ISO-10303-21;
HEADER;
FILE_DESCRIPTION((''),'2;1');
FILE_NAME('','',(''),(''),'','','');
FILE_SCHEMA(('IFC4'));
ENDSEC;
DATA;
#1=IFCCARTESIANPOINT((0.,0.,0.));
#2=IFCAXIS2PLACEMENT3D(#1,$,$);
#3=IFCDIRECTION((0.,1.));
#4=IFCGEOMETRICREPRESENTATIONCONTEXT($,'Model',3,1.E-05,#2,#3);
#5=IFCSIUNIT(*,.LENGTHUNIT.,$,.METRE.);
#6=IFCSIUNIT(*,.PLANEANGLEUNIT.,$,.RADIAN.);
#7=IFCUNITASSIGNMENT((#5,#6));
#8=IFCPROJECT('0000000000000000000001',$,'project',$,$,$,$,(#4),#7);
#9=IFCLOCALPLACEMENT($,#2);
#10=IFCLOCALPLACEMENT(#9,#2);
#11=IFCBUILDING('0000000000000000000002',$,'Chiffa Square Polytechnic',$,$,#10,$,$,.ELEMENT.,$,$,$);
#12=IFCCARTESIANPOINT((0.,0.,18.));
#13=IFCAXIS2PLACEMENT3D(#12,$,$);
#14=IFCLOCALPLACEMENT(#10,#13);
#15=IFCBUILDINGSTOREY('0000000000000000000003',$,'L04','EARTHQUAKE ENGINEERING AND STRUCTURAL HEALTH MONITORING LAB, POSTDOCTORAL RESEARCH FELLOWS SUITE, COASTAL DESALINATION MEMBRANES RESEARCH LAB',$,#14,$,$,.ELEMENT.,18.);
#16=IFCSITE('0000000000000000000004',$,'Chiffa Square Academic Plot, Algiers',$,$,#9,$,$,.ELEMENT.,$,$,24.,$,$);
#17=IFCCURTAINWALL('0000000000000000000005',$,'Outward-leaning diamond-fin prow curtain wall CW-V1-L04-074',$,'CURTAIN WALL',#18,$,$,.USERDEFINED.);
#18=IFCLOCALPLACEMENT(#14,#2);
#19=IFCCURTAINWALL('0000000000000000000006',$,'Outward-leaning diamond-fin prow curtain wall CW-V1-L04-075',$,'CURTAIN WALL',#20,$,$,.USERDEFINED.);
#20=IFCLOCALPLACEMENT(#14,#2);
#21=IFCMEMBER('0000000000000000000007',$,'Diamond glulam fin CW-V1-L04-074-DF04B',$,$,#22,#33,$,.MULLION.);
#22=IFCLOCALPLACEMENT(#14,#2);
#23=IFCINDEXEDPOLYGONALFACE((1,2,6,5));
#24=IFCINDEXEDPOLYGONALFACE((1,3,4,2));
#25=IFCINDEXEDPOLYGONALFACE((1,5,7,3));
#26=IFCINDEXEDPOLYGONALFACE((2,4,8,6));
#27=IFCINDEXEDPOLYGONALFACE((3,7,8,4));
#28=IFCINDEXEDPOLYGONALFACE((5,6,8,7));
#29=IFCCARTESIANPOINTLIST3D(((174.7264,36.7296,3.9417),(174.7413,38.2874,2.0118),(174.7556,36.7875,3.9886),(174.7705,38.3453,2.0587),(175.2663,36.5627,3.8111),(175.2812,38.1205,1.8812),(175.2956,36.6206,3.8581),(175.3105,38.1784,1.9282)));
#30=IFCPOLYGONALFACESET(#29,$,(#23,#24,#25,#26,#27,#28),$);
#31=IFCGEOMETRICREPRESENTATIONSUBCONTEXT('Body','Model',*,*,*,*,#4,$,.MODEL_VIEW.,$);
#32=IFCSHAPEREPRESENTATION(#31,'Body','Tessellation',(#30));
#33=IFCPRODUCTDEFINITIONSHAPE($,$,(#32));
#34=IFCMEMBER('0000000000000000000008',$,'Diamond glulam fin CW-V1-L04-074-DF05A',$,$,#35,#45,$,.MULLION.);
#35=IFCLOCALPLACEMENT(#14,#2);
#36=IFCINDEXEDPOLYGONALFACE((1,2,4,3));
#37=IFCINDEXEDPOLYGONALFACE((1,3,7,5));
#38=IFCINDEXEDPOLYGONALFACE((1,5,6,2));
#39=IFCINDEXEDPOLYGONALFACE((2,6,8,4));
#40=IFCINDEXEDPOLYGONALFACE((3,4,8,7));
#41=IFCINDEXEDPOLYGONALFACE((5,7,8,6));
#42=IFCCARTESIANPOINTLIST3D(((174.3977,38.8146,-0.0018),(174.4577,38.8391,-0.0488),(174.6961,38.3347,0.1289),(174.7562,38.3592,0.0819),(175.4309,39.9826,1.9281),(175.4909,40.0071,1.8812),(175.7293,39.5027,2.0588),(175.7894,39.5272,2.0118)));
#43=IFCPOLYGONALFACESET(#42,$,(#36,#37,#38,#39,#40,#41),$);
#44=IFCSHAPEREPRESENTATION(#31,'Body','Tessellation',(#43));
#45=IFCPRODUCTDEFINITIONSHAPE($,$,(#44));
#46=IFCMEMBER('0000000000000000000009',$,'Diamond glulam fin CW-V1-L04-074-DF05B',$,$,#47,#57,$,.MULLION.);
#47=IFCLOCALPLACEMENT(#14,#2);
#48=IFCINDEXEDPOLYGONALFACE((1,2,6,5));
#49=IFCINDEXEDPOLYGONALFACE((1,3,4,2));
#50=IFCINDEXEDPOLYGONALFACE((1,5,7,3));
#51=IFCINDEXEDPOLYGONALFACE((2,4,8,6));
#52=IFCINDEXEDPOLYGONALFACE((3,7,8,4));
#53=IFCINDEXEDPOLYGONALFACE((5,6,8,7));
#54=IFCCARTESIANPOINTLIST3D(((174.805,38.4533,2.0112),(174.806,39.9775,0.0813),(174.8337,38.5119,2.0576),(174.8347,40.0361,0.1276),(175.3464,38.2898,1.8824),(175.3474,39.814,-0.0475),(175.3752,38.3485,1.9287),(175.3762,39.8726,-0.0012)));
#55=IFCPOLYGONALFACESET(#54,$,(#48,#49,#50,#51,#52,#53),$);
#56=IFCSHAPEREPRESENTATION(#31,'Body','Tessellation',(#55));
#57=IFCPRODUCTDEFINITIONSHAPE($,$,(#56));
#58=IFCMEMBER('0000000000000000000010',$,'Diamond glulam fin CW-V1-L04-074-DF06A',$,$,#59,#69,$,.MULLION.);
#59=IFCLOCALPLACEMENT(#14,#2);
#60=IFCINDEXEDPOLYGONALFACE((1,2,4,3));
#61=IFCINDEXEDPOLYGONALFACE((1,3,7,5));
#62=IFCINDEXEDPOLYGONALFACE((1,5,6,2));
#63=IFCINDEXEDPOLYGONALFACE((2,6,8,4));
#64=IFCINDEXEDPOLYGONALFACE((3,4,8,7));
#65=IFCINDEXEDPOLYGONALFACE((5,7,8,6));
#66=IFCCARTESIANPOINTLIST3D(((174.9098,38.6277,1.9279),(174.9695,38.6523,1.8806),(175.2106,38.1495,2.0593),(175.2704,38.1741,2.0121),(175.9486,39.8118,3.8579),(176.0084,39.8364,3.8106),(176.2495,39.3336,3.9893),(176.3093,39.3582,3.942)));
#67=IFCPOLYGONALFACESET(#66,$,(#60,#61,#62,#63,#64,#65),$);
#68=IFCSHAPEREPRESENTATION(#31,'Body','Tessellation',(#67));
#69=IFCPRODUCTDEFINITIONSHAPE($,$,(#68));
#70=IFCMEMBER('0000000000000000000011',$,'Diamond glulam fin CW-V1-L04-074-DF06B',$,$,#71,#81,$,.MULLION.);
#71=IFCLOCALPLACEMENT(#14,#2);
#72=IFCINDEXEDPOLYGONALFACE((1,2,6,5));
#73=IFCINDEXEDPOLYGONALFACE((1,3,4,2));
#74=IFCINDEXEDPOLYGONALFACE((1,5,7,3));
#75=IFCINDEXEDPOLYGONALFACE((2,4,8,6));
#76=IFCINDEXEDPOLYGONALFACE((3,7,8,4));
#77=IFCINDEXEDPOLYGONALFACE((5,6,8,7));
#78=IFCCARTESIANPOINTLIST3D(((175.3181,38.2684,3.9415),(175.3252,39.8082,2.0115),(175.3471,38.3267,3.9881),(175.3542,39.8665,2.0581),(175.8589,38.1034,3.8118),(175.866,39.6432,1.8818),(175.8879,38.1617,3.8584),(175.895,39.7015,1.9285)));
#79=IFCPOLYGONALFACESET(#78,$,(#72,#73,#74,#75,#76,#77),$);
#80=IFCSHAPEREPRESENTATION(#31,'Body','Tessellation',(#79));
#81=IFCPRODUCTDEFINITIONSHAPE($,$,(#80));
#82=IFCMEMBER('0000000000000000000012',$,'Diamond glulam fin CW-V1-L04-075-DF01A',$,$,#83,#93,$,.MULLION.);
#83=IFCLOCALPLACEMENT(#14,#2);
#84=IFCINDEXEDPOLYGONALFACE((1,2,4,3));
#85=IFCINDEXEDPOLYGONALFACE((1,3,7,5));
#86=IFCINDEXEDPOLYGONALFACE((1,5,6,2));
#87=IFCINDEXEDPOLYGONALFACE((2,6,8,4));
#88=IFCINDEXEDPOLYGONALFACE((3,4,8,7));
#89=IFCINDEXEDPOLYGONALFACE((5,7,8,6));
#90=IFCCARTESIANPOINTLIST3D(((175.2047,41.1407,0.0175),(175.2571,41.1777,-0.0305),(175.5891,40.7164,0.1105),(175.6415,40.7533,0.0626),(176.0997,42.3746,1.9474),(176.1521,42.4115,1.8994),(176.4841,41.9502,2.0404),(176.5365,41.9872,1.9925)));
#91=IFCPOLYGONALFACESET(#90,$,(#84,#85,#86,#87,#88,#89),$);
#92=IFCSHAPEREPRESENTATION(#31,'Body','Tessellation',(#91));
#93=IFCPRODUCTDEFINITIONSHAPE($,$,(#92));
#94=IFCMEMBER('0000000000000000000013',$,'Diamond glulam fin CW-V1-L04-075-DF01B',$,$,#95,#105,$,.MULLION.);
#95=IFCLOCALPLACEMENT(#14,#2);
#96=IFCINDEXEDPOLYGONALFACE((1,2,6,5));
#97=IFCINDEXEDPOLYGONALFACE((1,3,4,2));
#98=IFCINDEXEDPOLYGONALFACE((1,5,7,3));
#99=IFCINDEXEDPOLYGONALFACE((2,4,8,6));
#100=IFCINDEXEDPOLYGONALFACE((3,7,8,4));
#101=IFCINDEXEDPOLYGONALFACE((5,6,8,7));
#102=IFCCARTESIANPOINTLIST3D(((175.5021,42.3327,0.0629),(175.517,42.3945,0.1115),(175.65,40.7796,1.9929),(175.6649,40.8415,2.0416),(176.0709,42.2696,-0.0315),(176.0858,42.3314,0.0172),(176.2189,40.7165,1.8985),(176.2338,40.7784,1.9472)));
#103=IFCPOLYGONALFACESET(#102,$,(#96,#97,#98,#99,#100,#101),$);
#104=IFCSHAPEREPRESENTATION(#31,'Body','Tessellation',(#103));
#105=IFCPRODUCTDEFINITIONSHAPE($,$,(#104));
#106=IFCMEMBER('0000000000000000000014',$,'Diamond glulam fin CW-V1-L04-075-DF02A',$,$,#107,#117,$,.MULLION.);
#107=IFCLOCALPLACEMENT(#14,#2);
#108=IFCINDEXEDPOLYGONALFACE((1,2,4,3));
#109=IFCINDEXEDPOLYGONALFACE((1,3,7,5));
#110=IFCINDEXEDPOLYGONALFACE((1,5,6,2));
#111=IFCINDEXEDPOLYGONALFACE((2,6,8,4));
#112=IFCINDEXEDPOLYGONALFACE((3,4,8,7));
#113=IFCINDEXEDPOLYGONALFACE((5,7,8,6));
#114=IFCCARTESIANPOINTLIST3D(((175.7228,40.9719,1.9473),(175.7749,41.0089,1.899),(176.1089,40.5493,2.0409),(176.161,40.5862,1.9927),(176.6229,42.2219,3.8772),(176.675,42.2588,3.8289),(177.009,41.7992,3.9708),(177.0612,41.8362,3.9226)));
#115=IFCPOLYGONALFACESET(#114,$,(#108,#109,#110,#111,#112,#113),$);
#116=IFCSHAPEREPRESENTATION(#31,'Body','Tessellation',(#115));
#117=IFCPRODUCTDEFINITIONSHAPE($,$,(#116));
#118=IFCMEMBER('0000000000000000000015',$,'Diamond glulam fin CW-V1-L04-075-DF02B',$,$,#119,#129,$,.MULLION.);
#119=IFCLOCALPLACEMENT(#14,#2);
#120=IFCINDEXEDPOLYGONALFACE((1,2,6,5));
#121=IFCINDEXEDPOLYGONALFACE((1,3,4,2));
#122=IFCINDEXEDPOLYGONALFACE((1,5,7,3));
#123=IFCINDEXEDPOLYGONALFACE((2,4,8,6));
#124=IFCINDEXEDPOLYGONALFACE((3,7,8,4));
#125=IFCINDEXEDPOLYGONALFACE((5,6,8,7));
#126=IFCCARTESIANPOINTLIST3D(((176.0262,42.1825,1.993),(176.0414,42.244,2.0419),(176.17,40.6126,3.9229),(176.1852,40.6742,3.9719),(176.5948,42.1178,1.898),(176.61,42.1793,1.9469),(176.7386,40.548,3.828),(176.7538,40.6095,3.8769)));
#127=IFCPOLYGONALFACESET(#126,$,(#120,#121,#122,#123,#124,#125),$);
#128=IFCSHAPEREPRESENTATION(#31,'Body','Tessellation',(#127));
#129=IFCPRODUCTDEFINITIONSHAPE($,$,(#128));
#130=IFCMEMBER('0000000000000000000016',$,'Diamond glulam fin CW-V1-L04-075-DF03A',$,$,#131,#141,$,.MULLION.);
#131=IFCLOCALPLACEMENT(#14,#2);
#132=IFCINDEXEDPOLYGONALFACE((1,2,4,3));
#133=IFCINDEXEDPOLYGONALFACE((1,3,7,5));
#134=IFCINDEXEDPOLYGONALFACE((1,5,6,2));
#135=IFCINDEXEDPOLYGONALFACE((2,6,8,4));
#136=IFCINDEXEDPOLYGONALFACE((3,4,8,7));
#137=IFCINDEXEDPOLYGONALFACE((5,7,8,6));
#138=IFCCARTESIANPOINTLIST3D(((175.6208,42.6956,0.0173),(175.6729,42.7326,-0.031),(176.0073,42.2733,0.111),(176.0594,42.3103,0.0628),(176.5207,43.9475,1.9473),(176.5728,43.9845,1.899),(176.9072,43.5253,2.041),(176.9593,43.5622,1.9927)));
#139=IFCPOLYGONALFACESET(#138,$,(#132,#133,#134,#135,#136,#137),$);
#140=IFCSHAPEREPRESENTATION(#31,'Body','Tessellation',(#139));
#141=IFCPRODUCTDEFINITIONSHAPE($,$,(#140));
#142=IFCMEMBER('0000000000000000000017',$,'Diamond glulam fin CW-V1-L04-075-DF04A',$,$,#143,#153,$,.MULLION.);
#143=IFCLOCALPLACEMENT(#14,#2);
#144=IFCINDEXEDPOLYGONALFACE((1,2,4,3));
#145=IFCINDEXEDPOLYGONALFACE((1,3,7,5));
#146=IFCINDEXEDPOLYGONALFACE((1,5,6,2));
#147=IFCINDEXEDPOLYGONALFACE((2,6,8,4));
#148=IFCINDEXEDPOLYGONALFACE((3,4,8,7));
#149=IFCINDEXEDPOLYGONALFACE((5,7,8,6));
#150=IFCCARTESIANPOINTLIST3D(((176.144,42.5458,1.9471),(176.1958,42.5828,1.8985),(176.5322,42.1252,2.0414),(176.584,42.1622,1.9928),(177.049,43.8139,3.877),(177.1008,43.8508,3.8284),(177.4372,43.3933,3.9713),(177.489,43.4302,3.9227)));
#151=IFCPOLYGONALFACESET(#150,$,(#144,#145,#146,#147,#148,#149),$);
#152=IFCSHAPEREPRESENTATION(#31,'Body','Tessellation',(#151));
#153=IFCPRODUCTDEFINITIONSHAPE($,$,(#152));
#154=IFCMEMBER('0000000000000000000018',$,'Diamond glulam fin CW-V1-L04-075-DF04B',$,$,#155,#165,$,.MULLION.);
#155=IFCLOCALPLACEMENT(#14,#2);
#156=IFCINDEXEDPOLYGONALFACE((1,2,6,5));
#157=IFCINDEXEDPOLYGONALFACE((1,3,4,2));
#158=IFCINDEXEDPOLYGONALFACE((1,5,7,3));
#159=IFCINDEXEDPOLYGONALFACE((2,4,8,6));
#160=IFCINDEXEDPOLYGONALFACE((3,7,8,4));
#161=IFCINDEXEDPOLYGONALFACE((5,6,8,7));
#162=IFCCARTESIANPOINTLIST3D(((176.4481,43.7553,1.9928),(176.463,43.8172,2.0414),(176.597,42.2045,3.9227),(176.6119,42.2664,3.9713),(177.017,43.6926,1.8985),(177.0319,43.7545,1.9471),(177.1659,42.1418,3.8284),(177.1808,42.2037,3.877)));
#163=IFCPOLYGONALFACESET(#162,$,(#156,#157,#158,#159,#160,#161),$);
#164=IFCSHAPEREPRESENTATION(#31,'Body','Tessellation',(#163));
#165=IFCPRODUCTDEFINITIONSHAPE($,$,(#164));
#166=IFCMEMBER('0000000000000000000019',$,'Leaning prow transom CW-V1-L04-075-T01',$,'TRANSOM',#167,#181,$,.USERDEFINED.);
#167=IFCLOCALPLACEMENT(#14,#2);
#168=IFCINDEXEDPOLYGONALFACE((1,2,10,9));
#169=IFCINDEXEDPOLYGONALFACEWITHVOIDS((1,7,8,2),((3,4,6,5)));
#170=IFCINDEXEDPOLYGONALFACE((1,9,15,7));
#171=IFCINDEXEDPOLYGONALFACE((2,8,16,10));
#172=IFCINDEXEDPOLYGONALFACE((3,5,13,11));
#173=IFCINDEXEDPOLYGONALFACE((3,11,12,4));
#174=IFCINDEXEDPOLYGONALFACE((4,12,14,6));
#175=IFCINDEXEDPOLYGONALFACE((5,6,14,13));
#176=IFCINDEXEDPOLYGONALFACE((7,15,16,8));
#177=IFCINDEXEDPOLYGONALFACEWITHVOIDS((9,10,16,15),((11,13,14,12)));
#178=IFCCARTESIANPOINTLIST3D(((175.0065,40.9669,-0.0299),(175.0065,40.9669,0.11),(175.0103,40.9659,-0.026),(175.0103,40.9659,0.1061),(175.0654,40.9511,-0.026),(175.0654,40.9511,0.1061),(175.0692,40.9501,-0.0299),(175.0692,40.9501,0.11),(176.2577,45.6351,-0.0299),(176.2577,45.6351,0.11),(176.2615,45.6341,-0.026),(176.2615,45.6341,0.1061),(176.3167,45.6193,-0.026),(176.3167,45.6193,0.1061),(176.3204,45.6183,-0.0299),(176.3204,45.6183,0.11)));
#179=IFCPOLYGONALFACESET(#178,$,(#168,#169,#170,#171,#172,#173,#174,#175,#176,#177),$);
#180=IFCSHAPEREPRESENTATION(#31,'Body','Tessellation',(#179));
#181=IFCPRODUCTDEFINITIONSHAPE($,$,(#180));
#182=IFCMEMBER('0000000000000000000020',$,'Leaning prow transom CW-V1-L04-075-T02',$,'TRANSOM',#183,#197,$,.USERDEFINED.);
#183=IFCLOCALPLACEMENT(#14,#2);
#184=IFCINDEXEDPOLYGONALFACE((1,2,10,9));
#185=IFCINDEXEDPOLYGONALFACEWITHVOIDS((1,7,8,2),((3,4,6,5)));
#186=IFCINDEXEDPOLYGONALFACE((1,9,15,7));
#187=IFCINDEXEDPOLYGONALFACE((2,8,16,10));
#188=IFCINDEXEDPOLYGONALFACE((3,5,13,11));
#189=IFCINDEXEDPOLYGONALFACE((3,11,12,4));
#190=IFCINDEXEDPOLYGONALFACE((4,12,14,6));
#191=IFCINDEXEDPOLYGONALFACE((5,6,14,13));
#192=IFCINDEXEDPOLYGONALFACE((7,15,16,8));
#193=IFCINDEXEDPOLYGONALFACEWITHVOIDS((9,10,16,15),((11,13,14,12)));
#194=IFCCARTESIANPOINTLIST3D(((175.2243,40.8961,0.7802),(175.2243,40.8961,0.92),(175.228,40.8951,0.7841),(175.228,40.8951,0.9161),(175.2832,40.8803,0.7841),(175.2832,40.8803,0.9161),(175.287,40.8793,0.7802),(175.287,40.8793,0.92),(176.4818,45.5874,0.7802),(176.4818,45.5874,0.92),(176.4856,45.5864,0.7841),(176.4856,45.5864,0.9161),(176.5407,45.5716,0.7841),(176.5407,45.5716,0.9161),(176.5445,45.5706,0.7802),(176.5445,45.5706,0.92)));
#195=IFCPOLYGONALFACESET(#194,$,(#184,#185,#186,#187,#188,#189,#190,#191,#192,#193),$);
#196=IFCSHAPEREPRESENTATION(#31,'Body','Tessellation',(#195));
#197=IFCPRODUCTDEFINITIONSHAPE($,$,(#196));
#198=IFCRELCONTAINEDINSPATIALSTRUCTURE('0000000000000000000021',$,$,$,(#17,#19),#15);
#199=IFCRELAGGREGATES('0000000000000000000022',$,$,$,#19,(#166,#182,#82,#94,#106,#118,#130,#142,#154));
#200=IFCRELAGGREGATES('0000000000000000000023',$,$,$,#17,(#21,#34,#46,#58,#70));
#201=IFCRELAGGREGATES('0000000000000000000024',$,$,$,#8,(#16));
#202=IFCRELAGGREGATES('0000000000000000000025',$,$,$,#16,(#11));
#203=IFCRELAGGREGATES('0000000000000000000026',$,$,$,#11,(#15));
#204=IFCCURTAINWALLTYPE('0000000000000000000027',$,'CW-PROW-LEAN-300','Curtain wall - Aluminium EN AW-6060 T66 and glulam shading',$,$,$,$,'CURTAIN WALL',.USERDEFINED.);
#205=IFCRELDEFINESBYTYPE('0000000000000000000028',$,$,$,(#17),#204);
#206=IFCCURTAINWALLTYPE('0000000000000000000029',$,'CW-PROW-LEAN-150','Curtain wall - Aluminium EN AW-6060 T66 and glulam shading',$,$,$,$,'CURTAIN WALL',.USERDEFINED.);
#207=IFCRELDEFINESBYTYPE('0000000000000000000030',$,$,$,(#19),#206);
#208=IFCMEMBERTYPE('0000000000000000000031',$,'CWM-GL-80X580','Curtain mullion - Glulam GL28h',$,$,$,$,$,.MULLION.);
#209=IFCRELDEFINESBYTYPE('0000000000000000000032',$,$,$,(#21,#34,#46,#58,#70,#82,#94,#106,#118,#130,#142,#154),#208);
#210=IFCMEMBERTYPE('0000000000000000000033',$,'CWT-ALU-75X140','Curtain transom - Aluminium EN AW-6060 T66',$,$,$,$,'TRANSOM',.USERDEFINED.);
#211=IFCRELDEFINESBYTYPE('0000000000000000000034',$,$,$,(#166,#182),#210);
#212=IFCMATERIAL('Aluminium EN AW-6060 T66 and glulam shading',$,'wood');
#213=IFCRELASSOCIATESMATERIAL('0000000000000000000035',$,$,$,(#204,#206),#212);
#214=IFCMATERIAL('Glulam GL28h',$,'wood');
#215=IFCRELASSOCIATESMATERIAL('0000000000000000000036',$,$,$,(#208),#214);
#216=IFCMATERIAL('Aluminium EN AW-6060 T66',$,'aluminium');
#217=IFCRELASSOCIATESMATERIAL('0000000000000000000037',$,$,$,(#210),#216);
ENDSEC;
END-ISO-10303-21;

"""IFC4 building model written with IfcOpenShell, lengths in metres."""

from ifc_helpers import new_model, si_unit, direction, frame, origin, origin_2d, place, context, subcontext, project, spatial, rectangle, hollow_rectangle, extrude, material, material_profile, profile_set, type_object, element, aggregate, save


model = new_model("IFC4")

# Units and contexts
model_context = context("Model", 3, precision=1e-05, world=origin(), true_north=direction((0.0, 1.0)))
body_context = subcontext(model_context, "Body", "Model", "MODEL_VIEW")
ifc_project = project(units=[si_unit("LENGTHUNIT", "METRE"), si_unit("PLANEANGLEUNIT", "RADIAN")], contexts=[model_context])

# Site, building, storey
site_placement = place(None, origin())
site = spatial("IfcSite", under=ifc_project, at=site_placement, Name="Chiffa Square Academic Plot, Algiers", CompositionType="ELEMENT", RefElevation=24.0)
building_placement = place(site_placement, origin())
building = spatial("IfcBuilding", under=site, at=building_placement, Name="Chiffa Square Polytechnic", CompositionType="ELEMENT")
storey_placement = place(building_placement, frame((0.0, 0.0, 18.0)))
storey = spatial("IfcBuildingStorey", under=building, at=storey_placement, Name="L04", Description="EARTHQUAKE ENGINEERING AND STRUCTURAL HEALTH MONITORING LAB, POSTDOCTORAL RESEARCH FELLOWS SUITE, COASTAL DESALINATION MEMBRANES RESEARCH LAB", CompositionType="ELEMENT", Elevation=18.0)

# Curtain walls
ifc_material_1 = material(Name="Aluminium EN AW-6060 T66 and glulam shading", Category="wood")
curtain_wall_type_1 = type_object("IfcCurtainWallType", Name="CW-PROW-LEAN-300", Description="Curtain wall - Aluminium EN AW-6060 T66 and glulam shading", ElementType="CURTAIN WALL", PredefinedType="USERDEFINED", material=ifc_material_1)
curtain_wall_1_placement = place(storey_placement, origin())
curtain_wall_1 = element("IfcCurtainWall", 1, at=curtain_wall_1_placement, inside=storey, type_object=curtain_wall_type_1, Name="Outward-leaning diamond-fin prow curtain wall CW-V1-L04-074", ObjectType="CURTAIN WALL", PredefinedType="USERDEFINED")
ifc_material_2 = material(Name="Aluminium EN AW-6060 T66", Category="aluminium")
curtain_wall_type_2 = type_object("IfcCurtainWallType", Name="CW-PROW-LEAN-150", Description="Curtain wall - Aluminium EN AW-6060 T66 and glulam shading", ElementType="CURTAIN WALL", PredefinedType="USERDEFINED", material=ifc_material_1)
curtain_wall_2_placement = place(storey_placement, origin())
curtain_wall_2 = element("IfcCurtainWall", 2, at=curtain_wall_2_placement, inside=storey, type_object=curtain_wall_type_2, Name="Outward-leaning diamond-fin prow curtain wall CW-V1-L04-075", ObjectType="CURTAIN WALL", PredefinedType="USERDEFINED")

# Members
ifc_material_3 = material(Name="Glulam GL28h", Category="wood")
ifc_material_profile_1 = material_profile(ifc_material_3, rectangle(XDim=0.0801, YDim=0.5801, at=origin_2d()), Name="GL28h 80x580")
ifc_profile_set_1 = profile_set([ifc_material_profile_1], Name="Glulam GL28h")
member_type_1 = type_object("IfcMemberType", Name="CWM-GL-80X580", Description="Curtain mullion - Glulam GL28h", PredefinedType="MULLION", material=ifc_profile_set_1)
member_1_placement = place(storey_placement, frame((175.0259, 38.2329, 1.97), z_axis=(-0.006004, -0.628099, 0.77811), x_axis=(0.365296, 0.72297, 0.586408)))
member_1 = element("IfcMember", 3, at=member_1_placement, type_object=member_type_1, Name="Diamond glulam fin CW-V1-L04-074-DF04B", PredefinedType="MULLION", context=body_context, shape_type="SweptSolid", body=[
    extrude(rectangle(XDim=0.0801, YDim=0.5801, at=origin_2d()), origin(), (0.0, 0.0, 1.0), 2.4802),
])
member_2_placement = place(storey_placement, frame((174.5769, 38.5869, 0.04), z_axis=(0.416415, 0.47073, 0.777826), x_axis=(-0.749553, -0.306448, 0.586737)))
member_2 = element("IfcMember", 4, at=member_2_placement, type_object=member_type_1, Name="Diamond glulam fin CW-V1-L04-074-DF05A", PredefinedType="MULLION", context=body_context, shape_type="SweptSolid", body=[
    extrude(rectangle(XDim=0.0801, YDim=0.5801, at=origin_2d()), origin(), (0.0, 0.0, 1.0), 2.4812),
])
member_3_placement = place(storey_placement, frame((175.0911, 39.925, 0.04), z_axis=(-0.000397, -0.619779, 0.784776), x_axis=(0.358837, 0.732422, 0.578614)))
member_3 = element("IfcMember", 5, at=member_3_placement, type_object=member_type_1, Name="Diamond glulam fin CW-V1-L04-074-DF05B", PredefinedType="MULLION", context=body_context, shape_type="SweptSolid", body=[
    extrude(rectangle(XDim=0.0801, YDim=0.5801, at=origin_2d()), origin(), (0.0, 0.0, 1.0), 2.4592),
])
member_4_placement = place(storey_placement, frame((175.0901, 38.4009, 1.97), z_axis=(0.417003, 0.475315, 0.774715), x_axis=(-0.746373, -0.307342, 0.590313)))
member_4 = element("IfcMember", 6, at=member_4_placement, type_object=member_type_1, Name="Diamond glulam fin CW-V1-L04-074-DF06A", PredefinedType="MULLION", context=body_context, shape_type="SweptSolid", body=[
    extrude(rectangle(XDim=0.0801, YDim=0.5801, at=origin_2d()), origin(), (0.0, 0.0, 1.0), 2.4912),
])
member_5_placement = place(storey_placement, frame((175.6101, 39.7549, 1.97), z_axis=(-0.002868, -0.623667, 0.781685), x_axis=(0.36172, 0.72811, 0.582249)))
member_5 = element("IfcMember", 7, at=member_5_placement, type_object=member_type_1, Name="Diamond glulam fin CW-V1-L04-074-DF06B", PredefinedType="MULLION", context=body_context, shape_type="SweptSolid", body=[
    extrude(rectangle(XDim=0.0801, YDim=0.5801, at=origin_2d()), origin(), (0.0, 0.0, 1.0), 2.469),
])
member_6_placement = place(storey_placement, frame((175.4231, 40.947, 0.04), z_axis=(0.363932, 0.501722, 0.784747), x_axis=(-0.654579, -0.461616, 0.598696)))
member_6 = element("IfcMember", 8, at=member_6_placement, type_object=member_type_1, Name="Diamond glulam fin CW-V1-L04-075-DF01A", PredefinedType="MULLION", context=body_context, shape_type="SweptSolid", body=[
    extrude(rectangle(XDim=0.0801, YDim=0.5801, at=origin_2d()), origin(), (0.0, 0.0, 1.0), 2.4592),
])
member_7_placement = place(storey_placement, frame((175.7939, 42.332, 0.04), z_axis=(0.059619, -0.625801, 0.777701), x_axis=(0.18641, 0.772362, 0.607214)))
member_7 = element("IfcMember", 9, at=member_7_placement, type_object=member_type_1, Name="Diamond glulam fin CW-V1-L04-075-DF01B", PredefinedType="MULLION", context=body_context, shape_type="SweptSolid", body=[
    extrude(rectangle(XDim=0.0801, YDim=0.5801, at=origin_2d()), origin(), (0.0, 0.0, 1.0), 2.4817),
])
member_8_placement = place(storey_placement, frame((175.9419, 40.7791, 1.97), z_axis=(0.364536, 0.506218, 0.781573), x_axis=(-0.651192, -0.461382, 0.602558)))
member_8 = element("IfcMember", 10, at=member_8_placement, type_object=member_type_1, Name="Diamond glulam fin CW-V1-L04-075-DF02A", PredefinedType="MULLION", context=body_context, shape_type="SweptSolid", body=[
    extrude(rectangle(XDim=0.0801, YDim=0.5801, at=origin_2d()), origin(), (0.0, 0.0, 1.0), 2.4692),
])
member_9_placement = place(storey_placement, frame((176.3181, 42.1809, 1.97), z_axis=(0.057706, -0.629966, 0.774476), x_axis=(0.1895, 0.768577, 0.611048)))
member_9 = element("IfcMember", 11, at=member_9_placement, type_object=member_type_1, Name="Diamond glulam fin CW-V1-L04-075-DF02B", PredefinedType="MULLION", context=body_context, shape_type="SweptSolid", body=[
    extrude(rectangle(XDim=0.0801, YDim=0.5801, at=origin_2d()), origin(), (0.0, 0.0, 1.0), 2.4919),
])
member_10_placement = place(storey_placement, frame((175.8401, 42.5029, 0.04), z_axis=(0.364305, 0.506824, 0.781288), x_axis=(-0.65063, -0.461724, 0.602902)))
member_10 = element("IfcMember", 12, at=member_10_placement, type_object=member_type_1, Name="Diamond glulam fin CW-V1-L04-075-DF03A", PredefinedType="MULLION", context=body_context, shape_type="SweptSolid", body=[
    extrude(rectangle(XDim=0.0801, YDim=0.5801, at=origin_2d()), origin(), (0.0, 0.0, 1.0), 2.4702),
])
member_11_placement = place(storey_placement, frame((176.364, 42.354, 1.97), z_axis=(0.364892, 0.511263, 0.778116), x_axis=(-0.647293, -0.461416, 0.606718)))
member_11 = element("IfcMember", 13, at=member_11_placement, type_object=member_type_1, Name="Diamond glulam fin CW-V1-L04-075-DF04A", PredefinedType="MULLION", context=body_context, shape_type="SweptSolid", body=[
    extrude(rectangle(XDim=0.0801, YDim=0.5801, at=origin_2d()), origin(), (0.0, 0.0, 1.0), 2.4802),
])
member_12_placement = place(storey_placement, frame((176.74, 43.7549, 1.97), z_axis=(0.060044, -0.625247, 0.778114), x_axis=(0.185786, 0.772899, 0.606721)))
member_12 = element("IfcMember", 14, at=member_12_placement, type_object=member_type_1, Name="Diamond glulam fin CW-V1-L04-075-DF04B", PredefinedType="MULLION", context=body_context, shape_type="SweptSolid", body=[
    extrude(rectangle(XDim=0.0801, YDim=0.5801, at=origin_2d()), origin(), (0.0, 0.0, 1.0), 2.4802),
])
ifc_material_profile_2 = material_profile(ifc_material_2, hollow_rectangle(XDim=0.0649, YDim=0.1399, WallThickness=0.0039, at=origin_2d()), Name="ALU 65x140x4")
ifc_profile_set_2 = profile_set([ifc_material_profile_2], Name="Aluminium EN AW-6060 T66")
member_type_2 = type_object("IfcMemberType", Name="CWT-ALU-75X140", Description="Curtain transom - Aluminium EN AW-6060 T66", ElementType="TRANSOM", PredefinedType="USERDEFINED", material=ifc_profile_set_2)
member_13_placement = place(storey_placement, frame((175.0378, 40.9585, 0.04), z_axis=(0.258892, 0.965906, 0.0), x_axis=(-0.965906, 0.258892, 0.0)))
member_13 = element("IfcMember", 15, at=member_13_placement, type_object=member_type_2, Name="Leaning prow transom CW-V1-L04-075-T01", ObjectType="TRANSOM", PredefinedType="USERDEFINED", context=body_context, shape_type="SweptSolid", body=[
    extrude(hollow_rectangle(XDim=0.0649, YDim=0.1399, WallThickness=0.0039, at=origin_2d()), origin(), (0.0, 0.0, 1.0), 4.833),
])
member_14_placement = place(storey_placement, frame((175.2556, 40.8877, 0.8501), z_axis=(0.258917, 0.9659, 0.0), x_axis=(-0.9659, 0.258917, 0.0)))
member_14 = element("IfcMember", 16, at=member_14_placement, type_object=member_type_2, Name="Leaning prow transom CW-V1-L04-075-T02", ObjectType="TRANSOM", PredefinedType="USERDEFINED", context=body_context, shape_type="SweptSolid", body=[
    extrude(hollow_rectangle(XDim=0.0649, YDim=0.1399, WallThickness=0.0039, at=origin_2d()), origin(), (0.0, 0.0, 1.0), 4.8569),
])

aggregate(curtain_wall_2, [member_13, member_14, member_6, member_7, member_8, member_9, member_10, member_11, member_12])
aggregate(curtain_wall_1, [member_1, member_2, member_3, member_4, member_5])

save(model, "model.ifc")
